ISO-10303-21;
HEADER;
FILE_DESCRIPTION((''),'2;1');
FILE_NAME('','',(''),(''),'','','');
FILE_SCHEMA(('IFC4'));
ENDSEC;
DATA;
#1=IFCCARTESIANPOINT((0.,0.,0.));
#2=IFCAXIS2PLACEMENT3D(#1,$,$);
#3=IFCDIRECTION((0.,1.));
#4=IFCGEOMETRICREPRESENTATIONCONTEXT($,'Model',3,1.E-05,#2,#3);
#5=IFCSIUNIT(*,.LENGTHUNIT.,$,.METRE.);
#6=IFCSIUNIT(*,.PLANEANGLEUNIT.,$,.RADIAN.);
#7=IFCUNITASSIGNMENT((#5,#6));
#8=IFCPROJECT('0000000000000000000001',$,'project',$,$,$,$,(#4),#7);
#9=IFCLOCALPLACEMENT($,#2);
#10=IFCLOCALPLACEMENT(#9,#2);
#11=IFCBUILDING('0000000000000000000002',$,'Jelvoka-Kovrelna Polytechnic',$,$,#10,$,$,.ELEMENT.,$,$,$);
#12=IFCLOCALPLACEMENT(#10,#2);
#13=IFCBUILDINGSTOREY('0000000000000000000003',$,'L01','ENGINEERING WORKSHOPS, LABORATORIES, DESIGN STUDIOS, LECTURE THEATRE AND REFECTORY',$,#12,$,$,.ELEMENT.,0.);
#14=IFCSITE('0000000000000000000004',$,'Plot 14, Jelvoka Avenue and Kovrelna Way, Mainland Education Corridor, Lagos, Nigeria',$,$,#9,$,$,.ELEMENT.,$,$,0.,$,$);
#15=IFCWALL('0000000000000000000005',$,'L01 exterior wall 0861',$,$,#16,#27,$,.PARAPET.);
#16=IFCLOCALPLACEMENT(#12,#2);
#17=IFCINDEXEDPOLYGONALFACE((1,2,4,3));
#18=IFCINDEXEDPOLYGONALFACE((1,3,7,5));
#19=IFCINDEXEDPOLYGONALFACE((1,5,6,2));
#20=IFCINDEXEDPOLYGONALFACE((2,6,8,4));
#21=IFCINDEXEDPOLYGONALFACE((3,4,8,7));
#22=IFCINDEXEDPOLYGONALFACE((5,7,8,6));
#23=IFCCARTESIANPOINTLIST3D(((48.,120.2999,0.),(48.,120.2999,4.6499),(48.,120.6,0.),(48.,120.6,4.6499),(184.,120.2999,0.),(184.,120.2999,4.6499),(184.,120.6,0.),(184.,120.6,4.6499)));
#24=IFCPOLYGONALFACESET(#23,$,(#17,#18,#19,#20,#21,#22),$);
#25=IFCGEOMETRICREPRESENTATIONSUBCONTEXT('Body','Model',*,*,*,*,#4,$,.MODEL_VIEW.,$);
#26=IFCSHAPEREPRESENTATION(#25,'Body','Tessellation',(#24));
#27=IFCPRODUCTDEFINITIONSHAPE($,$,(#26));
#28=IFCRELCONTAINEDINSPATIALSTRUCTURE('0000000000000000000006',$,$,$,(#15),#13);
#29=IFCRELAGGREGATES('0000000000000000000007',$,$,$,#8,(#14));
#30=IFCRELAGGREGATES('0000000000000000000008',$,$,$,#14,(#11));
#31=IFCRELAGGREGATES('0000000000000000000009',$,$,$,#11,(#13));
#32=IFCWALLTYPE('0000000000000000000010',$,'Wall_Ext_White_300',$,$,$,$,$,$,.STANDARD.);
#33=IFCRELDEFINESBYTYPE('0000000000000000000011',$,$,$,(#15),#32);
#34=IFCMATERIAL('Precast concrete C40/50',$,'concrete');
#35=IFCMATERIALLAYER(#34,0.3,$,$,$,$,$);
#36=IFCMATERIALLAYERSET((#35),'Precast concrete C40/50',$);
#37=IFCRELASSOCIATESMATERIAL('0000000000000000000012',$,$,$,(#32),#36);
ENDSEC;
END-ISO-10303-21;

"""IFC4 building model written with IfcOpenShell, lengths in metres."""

from ifc_helpers import new_model, si_unit, direction, frame, frame_2d, origin, place, context, subcontext, project, spatial, rectangle, extrude, material, layer, layer_set, type_object, element, save


model = new_model("IFC4")

# Units and contexts
model_context = context("Model", 3, precision=1e-05, world=origin(), true_north=direction((0.0, 1.0)))
body_context = subcontext(model_context, "Body", "Model", "MODEL_VIEW")
ifc_project = project(units=[si_unit("LENGTHUNIT", "METRE"), si_unit("PLANEANGLEUNIT", "RADIAN")], contexts=[model_context])

# Site, building, storey
site_placement = place(None, origin())
site = spatial("IfcSite", under=ifc_project, at=site_placement, Name="Plot 14, Jelvoka Avenue and Kovrelna Way, Mainland Education Corridor, Lagos, Nigeria", CompositionType="ELEMENT", RefElevation=0.0)
building_placement = place(site_placement, origin())
building = spatial("IfcBuilding", under=site, at=building_placement, Name="Jelvoka-Kovrelna Polytechnic", CompositionType="ELEMENT")
storey_placement = place(building_placement, origin())
storey = spatial("IfcBuildingStorey", under=building, at=storey_placement, Name="L01", Description="ENGINEERING WORKSHOPS, LABORATORIES, DESIGN STUDIOS, LECTURE THEATRE AND REFECTORY", CompositionType="ELEMENT", Elevation=0.0)

# Shared definitions
ifc_material_1 = material(Name="Precast concrete C40/50", Category="concrete")
ifc_layer_1 = layer(ifc_material_1, 0.3)
ifc_layer_set_1 = layer_set([ifc_layer_1], Name="Precast concrete C40/50")
wall_type = type_object("IfcWallType", Name="Wall_Ext_White_300", PredefinedType="STANDARD", material=ifc_layer_set_1)

# Wall
wall_1_placement = place(storey_placement, frame((48.0, 120.45, 0.0), z_axis=(0.0, 0.0, 1.0), x_axis=(1.0, 0.0, 0.0)))
element("IfcWall", 1, at=wall_1_placement, inside=storey, type_object=wall_type, Name="L01 exterior wall 0861", PredefinedType="PARAPET", context=body_context, shape_type="SweptSolid", body=[
    extrude(rectangle(XDim=136.0, YDim=0.3, at=frame_2d((68.0, 0.0))), origin(), (0.0, 0.0, 1.0), 4.6499),
])

save(model, "model.ifc")
